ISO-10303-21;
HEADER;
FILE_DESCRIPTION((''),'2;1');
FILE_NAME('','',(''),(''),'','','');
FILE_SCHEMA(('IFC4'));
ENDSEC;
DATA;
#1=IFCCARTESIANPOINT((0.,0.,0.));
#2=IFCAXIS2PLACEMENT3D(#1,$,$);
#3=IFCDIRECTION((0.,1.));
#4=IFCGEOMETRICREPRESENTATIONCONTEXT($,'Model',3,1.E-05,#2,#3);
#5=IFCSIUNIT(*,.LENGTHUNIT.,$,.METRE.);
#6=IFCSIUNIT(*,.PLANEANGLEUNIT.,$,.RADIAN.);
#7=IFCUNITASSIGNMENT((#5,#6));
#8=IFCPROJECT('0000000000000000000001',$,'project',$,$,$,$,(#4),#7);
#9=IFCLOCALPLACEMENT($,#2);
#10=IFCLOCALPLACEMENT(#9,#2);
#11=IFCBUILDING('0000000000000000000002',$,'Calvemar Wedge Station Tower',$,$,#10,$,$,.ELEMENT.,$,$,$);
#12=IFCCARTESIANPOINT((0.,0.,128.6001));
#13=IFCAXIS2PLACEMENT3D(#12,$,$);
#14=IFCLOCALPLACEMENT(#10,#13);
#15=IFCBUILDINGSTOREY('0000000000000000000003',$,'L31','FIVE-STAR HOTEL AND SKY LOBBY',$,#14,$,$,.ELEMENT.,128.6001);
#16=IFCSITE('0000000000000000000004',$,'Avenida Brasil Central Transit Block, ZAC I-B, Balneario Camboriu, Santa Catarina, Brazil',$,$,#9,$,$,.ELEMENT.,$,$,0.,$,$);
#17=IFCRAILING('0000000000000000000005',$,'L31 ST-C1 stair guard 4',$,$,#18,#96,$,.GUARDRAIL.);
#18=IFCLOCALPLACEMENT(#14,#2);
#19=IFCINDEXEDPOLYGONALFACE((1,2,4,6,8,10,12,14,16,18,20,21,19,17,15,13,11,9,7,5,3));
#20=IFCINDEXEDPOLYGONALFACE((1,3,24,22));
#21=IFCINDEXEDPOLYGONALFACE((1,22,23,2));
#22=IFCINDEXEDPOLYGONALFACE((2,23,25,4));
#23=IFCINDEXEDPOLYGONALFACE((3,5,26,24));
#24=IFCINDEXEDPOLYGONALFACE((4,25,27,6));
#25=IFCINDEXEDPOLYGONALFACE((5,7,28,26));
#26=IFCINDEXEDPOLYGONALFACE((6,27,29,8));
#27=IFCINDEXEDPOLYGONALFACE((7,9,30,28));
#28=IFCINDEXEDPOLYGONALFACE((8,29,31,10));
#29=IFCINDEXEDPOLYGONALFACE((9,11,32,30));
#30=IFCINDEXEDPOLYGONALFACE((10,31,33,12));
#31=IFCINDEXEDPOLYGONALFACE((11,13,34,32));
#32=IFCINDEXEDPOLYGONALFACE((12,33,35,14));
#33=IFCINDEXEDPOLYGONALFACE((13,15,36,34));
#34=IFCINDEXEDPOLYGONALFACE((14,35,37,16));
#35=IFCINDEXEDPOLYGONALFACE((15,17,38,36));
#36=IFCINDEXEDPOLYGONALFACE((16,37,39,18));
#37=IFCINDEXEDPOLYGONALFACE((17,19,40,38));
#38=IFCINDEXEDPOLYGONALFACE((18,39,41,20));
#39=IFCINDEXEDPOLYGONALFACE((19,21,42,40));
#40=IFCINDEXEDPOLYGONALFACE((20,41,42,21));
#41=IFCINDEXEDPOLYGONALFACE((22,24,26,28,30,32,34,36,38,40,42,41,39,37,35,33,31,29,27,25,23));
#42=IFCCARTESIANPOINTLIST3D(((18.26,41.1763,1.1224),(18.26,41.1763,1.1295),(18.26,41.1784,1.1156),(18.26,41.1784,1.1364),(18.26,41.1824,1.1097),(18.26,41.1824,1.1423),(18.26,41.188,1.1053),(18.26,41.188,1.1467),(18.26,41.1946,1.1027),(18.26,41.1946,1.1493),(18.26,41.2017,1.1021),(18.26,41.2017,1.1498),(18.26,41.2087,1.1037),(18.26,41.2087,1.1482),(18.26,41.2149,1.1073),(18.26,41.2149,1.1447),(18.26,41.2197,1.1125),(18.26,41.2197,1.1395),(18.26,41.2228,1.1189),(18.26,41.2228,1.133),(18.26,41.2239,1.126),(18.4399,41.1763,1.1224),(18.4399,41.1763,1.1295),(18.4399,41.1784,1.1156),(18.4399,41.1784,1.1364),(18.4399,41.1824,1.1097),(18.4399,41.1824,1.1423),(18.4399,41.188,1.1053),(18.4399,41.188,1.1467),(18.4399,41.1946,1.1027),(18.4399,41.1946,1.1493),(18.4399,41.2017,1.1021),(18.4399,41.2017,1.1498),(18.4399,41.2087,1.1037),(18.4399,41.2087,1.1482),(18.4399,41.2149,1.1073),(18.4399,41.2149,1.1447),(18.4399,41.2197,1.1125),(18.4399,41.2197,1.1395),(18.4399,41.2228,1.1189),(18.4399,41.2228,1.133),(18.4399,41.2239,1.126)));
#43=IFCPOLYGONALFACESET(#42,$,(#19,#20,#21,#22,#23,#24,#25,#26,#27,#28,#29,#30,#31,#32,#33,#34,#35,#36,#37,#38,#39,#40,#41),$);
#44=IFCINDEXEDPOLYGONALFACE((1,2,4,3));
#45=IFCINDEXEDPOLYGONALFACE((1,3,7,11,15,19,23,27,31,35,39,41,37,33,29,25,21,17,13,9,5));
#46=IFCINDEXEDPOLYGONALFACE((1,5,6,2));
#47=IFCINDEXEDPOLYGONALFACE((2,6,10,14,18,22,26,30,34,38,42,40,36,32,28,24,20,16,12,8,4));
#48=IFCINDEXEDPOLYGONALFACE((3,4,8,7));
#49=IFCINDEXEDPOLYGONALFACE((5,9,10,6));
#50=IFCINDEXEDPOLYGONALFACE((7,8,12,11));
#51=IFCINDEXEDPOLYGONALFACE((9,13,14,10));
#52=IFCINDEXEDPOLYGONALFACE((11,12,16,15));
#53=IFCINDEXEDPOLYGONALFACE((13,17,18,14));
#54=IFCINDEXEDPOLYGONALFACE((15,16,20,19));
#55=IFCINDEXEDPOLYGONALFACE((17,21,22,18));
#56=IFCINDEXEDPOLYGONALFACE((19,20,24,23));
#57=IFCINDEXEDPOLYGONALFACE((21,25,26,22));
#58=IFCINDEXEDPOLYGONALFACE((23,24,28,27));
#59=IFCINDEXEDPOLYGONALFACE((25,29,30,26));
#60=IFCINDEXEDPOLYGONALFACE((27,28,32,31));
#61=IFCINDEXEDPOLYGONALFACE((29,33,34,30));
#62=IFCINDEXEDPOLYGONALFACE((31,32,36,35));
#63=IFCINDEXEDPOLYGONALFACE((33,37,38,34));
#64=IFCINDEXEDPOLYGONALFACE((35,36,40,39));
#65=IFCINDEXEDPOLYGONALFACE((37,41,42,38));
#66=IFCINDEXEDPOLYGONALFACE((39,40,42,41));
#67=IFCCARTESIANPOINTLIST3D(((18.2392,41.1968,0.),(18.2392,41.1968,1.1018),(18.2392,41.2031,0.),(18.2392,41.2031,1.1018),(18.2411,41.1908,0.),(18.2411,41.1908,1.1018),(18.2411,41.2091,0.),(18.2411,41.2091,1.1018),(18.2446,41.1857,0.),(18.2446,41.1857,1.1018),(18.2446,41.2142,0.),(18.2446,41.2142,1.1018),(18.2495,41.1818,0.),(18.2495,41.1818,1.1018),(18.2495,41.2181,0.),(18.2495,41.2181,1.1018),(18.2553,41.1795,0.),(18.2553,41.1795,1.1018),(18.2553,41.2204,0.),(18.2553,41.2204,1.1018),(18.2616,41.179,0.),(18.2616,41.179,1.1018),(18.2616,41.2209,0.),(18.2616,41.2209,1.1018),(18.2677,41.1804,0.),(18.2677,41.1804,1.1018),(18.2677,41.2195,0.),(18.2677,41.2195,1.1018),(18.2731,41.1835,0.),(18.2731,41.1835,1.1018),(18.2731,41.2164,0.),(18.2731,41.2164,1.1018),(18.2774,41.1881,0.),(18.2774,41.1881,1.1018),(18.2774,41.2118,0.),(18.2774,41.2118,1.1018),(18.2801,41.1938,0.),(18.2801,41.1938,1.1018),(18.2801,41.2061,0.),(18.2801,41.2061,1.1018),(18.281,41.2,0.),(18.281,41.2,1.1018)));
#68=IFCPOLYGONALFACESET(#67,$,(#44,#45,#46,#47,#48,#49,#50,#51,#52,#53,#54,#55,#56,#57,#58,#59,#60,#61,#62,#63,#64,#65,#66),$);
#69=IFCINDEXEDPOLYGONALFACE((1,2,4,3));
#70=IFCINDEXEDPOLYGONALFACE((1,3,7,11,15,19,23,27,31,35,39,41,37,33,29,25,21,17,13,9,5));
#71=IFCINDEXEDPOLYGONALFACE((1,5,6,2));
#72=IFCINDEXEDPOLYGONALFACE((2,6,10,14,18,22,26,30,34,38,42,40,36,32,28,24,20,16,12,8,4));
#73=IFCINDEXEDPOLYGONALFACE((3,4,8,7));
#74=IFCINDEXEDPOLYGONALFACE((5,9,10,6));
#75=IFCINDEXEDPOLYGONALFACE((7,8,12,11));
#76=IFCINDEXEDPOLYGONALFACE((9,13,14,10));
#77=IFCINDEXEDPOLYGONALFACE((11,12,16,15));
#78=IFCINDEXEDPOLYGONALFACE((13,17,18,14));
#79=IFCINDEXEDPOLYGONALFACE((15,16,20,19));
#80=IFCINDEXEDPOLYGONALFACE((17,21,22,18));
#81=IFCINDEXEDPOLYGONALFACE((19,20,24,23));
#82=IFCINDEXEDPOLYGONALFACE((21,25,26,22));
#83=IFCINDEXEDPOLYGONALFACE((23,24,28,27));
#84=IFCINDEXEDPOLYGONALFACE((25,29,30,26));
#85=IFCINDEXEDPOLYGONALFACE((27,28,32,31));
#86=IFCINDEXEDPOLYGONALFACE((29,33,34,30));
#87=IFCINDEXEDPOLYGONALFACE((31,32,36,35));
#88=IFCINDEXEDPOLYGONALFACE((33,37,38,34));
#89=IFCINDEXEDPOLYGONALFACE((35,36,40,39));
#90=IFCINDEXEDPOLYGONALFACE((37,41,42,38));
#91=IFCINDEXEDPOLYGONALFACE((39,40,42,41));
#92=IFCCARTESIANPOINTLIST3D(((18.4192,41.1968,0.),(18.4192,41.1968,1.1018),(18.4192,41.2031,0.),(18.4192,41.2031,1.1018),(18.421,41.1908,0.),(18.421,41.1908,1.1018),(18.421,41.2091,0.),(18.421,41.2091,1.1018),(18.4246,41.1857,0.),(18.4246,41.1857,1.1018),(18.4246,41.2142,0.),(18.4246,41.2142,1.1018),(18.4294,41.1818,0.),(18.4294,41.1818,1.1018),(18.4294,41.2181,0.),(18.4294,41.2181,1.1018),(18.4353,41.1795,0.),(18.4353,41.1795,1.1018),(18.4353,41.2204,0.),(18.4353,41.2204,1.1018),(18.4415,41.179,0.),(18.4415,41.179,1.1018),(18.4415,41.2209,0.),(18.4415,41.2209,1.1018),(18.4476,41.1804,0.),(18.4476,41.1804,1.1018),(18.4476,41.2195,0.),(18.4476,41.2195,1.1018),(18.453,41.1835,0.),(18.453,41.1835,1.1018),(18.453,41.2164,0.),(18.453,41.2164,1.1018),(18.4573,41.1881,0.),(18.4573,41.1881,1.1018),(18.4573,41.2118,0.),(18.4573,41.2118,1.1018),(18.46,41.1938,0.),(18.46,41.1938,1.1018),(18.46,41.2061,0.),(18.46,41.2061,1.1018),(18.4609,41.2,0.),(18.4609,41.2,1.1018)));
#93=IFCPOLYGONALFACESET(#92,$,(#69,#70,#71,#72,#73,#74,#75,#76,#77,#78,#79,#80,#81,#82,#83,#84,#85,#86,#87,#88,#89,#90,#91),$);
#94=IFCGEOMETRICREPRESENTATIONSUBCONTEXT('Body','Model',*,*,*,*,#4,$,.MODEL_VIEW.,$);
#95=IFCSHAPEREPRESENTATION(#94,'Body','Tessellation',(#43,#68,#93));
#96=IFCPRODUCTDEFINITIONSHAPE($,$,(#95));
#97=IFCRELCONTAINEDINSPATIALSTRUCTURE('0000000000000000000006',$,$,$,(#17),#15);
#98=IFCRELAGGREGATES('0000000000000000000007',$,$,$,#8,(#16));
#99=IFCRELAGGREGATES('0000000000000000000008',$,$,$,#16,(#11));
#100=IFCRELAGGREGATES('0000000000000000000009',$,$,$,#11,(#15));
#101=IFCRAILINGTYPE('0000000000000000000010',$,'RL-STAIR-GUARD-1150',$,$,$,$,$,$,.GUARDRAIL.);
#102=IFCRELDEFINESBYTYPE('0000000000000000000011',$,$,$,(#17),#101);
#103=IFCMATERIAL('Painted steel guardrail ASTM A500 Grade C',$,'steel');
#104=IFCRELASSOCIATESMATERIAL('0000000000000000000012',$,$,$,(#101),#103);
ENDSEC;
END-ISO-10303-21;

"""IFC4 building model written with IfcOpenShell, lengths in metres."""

from ifc_helpers import new_model, si_unit, direction, frame, origin, origin_2d, place, context, subcontext, project, spatial, circle, extrude, material, type_object, element, save


model = new_model("IFC4")

# Units and contexts
model_context = context("Model", 3, precision=1e-05, world=origin(), true_north=direction((0.0, 1.0)))
body_context = subcontext(model_context, "Body", "Model", "MODEL_VIEW")
ifc_project = project(units=[si_unit("LENGTHUNIT", "METRE"), si_unit("PLANEANGLEUNIT", "RADIAN")], contexts=[model_context])

# Site, building, storey
site_placement = place(None, origin())
site = spatial("IfcSite", under=ifc_project, at=site_placement, Name="Avenida Brasil Central Transit Block, ZAC I-B, Balneario Camboriu, Santa Catarina, Brazil", CompositionType="ELEMENT", RefElevation=0.0)
building_placement = place(site_placement, origin())
building = spatial("IfcBuilding", under=site, at=building_placement, Name="Calvemar Wedge Station Tower", CompositionType="ELEMENT")
storey_placement = place(building_placement, frame((0.0, 0.0, 128.6001)))
storey = spatial("IfcBuildingStorey", under=building, at=storey_placement, Name="L31", Description="FIVE-STAR HOTEL AND SKY LOBBY", CompositionType="ELEMENT", Elevation=128.6001)

# Railing
ifc_material_1 = material(Name="Painted steel guardrail ASTM A500 Grade C", Category="steel")
railing_type_1 = type_object("IfcRailingType", Name="RL-STAIR-GUARD-1150", PredefinedType="GUARDRAIL", material=ifc_material_1)
railing_1_placement = place(storey_placement, frame((18.26, 41.2, 0.0)))
element("IfcRailing", 1, at=railing_1_placement, inside=storey, type_object=railing_type_1, Name="L31 ST-C1 stair guard 4", PredefinedType="GUARDRAIL", context=body_context, shape_type="SweptSolid", body=[
    extrude(circle(Radius=0.0239, at=origin_2d()), frame((0.0, 0.0, 1.126), z_axis=(1.0, 0.0, 0.0), x_axis=(0.0, 1.0, 0.0)), (0.0, 0.0, 1.0), 0.1799),
    extrude(circle(Radius=0.021, at=origin_2d()), origin(), (0.0, 0.0, 1.0), 1.1018),
    extrude(circle(Radius=0.021, at=origin_2d()), frame((0.1799, 0.0, 0.0)), (0.0, 0.0, 1.0), 1.1018),
])

save(model, "model.ifc")
